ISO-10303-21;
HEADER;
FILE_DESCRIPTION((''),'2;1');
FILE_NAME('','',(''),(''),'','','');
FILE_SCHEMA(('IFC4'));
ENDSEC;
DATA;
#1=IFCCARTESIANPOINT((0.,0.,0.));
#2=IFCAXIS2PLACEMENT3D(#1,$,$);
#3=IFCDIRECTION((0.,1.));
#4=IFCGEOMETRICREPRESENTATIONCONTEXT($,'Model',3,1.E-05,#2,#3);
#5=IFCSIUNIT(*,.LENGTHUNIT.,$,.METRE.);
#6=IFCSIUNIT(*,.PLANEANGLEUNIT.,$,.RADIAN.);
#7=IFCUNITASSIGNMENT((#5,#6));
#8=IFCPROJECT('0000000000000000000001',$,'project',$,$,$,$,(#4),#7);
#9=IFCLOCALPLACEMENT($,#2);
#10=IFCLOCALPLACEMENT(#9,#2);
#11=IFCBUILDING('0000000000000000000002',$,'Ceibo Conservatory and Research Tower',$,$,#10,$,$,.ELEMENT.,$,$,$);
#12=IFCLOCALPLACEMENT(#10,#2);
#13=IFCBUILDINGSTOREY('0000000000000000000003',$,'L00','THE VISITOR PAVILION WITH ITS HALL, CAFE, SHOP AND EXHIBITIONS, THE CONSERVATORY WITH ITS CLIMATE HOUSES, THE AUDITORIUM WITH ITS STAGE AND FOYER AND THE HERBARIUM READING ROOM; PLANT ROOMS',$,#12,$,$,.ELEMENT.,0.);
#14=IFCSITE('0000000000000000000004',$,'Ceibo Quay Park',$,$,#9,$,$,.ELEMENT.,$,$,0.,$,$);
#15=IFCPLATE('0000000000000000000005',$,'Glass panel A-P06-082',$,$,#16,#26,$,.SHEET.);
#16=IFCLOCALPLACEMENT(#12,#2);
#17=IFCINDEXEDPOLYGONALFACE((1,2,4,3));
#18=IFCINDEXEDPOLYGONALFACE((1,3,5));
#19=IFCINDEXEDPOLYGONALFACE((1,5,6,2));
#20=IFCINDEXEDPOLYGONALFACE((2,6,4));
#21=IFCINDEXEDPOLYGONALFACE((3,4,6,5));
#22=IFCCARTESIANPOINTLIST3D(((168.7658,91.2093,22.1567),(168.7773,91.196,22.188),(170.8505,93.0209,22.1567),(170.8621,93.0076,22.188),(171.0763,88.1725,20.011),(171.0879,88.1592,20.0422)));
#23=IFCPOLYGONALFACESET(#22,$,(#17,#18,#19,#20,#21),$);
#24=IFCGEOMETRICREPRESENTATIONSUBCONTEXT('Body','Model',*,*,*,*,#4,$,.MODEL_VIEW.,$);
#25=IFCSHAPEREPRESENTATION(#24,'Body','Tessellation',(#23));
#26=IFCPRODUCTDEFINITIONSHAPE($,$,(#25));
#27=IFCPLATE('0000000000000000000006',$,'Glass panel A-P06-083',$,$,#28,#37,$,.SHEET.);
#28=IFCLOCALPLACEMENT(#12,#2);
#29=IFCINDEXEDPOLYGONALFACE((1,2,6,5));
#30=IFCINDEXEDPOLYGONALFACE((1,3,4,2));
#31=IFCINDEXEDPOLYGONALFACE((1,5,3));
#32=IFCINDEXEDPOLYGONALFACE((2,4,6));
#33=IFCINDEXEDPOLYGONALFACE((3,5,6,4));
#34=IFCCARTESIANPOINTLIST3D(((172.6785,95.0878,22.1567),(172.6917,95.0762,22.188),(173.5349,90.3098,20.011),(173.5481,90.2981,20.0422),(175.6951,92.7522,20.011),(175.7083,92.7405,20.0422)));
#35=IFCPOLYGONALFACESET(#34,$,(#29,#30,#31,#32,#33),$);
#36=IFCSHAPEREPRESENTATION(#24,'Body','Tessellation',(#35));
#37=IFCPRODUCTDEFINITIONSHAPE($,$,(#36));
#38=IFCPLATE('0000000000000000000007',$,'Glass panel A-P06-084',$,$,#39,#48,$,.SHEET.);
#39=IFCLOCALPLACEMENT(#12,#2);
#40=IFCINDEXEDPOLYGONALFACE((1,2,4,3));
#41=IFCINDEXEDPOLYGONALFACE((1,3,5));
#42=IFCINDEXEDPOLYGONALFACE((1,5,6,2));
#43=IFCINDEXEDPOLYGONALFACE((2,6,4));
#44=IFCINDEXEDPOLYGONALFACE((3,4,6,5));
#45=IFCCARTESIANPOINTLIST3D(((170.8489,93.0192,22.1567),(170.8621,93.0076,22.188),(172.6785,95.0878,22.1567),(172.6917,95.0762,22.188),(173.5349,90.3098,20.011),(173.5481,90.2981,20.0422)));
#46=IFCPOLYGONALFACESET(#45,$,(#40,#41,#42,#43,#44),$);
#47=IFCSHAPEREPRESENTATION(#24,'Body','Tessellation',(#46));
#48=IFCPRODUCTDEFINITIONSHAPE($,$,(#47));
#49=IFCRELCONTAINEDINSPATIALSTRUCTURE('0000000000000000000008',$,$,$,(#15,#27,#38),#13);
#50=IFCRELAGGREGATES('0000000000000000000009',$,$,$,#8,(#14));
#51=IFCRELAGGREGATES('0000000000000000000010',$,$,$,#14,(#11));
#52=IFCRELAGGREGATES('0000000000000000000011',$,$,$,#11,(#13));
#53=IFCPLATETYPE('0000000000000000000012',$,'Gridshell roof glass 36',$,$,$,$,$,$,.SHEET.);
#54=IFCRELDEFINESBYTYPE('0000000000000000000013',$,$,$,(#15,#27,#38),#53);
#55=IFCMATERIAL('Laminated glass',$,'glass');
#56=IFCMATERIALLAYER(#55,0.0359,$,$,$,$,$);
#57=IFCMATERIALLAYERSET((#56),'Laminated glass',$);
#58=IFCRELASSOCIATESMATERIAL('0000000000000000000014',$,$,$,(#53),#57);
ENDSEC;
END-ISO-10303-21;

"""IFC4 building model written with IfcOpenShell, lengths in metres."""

from ifc_helpers import new_model, si_unit, direction, frame, origin, place, context, subcontext, project, spatial, polyline, outline, extrude, material, layer, layer_set, type_object, element, save


model = new_model("IFC4")

# Units and contexts
model_context = context("Model", 3, precision=1e-05, world=origin(), true_north=direction((0.0, 1.0)))
body_context = subcontext(model_context, "Body", "Model", "MODEL_VIEW")
ifc_project = project(units=[si_unit("LENGTHUNIT", "METRE"), si_unit("PLANEANGLEUNIT", "RADIAN")], contexts=[model_context])

# Site, building, storey
site_placement = place(None, origin())
site = spatial("IfcSite", under=ifc_project, at=site_placement, Name="Ceibo Quay Park", CompositionType="ELEMENT", RefElevation=0.0)
building_placement = place(site_placement, origin())
building = spatial("IfcBuilding", under=site, at=building_placement, Name="Ceibo Conservatory and Research Tower", CompositionType="ELEMENT")
storey_placement = place(building_placement, origin())
storey = spatial("IfcBuildingStorey", under=building, at=storey_placement, Name="L00", Description="THE VISITOR PAVILION WITH ITS HALL, CAFE, SHOP AND EXHIBITIONS, THE CONSERVATORY WITH ITS CLIMATE HOUSES, THE AUDITORIUM WITH ITS STAGE AND FOYER AND THE HERBARIUM READING ROOM; PLANT ROOMS", CompositionType="ELEMENT", Elevation=0.0)

# Plates
ifc_material_1 = material(Name="Laminated glass", Category="glass")
ifc_layer = layer(ifc_material_1, 0.0359)
ifc_layer_set = layer_set([ifc_layer], Name="Laminated glass")
plate_type = type_object("IfcPlateType", Name="Gridshell roof glass 36", PredefinedType="SHEET", material=ifc_layer_set)
plate_1_placement = place(storey_placement, frame((171.0879, 88.1592, 20.0422), z_axis=(0.322007, -0.370569, 0.8712), x_axis=(-0.042555, 0.913618, 0.40434)))
element("IfcPlate", 1, at=plate_1_placement, inside=storey, type_object=plate_type, Name="Glass panel A-P06-082", PredefinedType="SHEET", context=body_context, shape_type="SweptSolid", body=[
    extrude(outline(polyline([(0.0, 0.0), (5.3068, 0.0), (3.7405, 2.2747), (0.0, 0.0)])), origin(), (0.0, 0.0, -1.0), 0.0359),
])
plate_2_placement = place(storey_placement, frame((173.5481, 90.2981, 20.0422), z_axis=(0.367795, -0.325295, 0.871154), x_axis=(0.662503, 0.749059, 0.0)))
element("IfcPlate", 2, at=plate_2_placement, inside=storey, type_object=plate_type, Name="Glass panel A-P06-083", PredefinedType="SHEET", context=body_context, shape_type="SweptSolid", body=[
    extrude(outline(polyline([(0.0, 0.0), (3.2606, 0.0), (3.0117, 4.3701), (0.0, 0.0)])), origin(), (0.0, 0.0, -1.0), 0.0359),
])
plate_3_placement = place(storey_placement, frame((173.5481, 90.2981, 20.0422), z_axis=(0.367792, -0.325296, 0.871155), x_axis=(-0.16137, 0.900279, 0.4043)))
element("IfcPlate", 3, at=plate_3_placement, inside=storey, type_object=plate_type, Name="Glass panel A-P06-084", PredefinedType="SHEET", context=body_context, shape_type="SweptSolid", body=[
    extrude(outline(polyline([(0.0, 0.0), (5.3073, 0.0), (3.7403, 2.2739), (0.0, 0.0)])), origin(), (0.0, 0.0, -1.0), 0.0359),
])

save(model, "model.ifc")
